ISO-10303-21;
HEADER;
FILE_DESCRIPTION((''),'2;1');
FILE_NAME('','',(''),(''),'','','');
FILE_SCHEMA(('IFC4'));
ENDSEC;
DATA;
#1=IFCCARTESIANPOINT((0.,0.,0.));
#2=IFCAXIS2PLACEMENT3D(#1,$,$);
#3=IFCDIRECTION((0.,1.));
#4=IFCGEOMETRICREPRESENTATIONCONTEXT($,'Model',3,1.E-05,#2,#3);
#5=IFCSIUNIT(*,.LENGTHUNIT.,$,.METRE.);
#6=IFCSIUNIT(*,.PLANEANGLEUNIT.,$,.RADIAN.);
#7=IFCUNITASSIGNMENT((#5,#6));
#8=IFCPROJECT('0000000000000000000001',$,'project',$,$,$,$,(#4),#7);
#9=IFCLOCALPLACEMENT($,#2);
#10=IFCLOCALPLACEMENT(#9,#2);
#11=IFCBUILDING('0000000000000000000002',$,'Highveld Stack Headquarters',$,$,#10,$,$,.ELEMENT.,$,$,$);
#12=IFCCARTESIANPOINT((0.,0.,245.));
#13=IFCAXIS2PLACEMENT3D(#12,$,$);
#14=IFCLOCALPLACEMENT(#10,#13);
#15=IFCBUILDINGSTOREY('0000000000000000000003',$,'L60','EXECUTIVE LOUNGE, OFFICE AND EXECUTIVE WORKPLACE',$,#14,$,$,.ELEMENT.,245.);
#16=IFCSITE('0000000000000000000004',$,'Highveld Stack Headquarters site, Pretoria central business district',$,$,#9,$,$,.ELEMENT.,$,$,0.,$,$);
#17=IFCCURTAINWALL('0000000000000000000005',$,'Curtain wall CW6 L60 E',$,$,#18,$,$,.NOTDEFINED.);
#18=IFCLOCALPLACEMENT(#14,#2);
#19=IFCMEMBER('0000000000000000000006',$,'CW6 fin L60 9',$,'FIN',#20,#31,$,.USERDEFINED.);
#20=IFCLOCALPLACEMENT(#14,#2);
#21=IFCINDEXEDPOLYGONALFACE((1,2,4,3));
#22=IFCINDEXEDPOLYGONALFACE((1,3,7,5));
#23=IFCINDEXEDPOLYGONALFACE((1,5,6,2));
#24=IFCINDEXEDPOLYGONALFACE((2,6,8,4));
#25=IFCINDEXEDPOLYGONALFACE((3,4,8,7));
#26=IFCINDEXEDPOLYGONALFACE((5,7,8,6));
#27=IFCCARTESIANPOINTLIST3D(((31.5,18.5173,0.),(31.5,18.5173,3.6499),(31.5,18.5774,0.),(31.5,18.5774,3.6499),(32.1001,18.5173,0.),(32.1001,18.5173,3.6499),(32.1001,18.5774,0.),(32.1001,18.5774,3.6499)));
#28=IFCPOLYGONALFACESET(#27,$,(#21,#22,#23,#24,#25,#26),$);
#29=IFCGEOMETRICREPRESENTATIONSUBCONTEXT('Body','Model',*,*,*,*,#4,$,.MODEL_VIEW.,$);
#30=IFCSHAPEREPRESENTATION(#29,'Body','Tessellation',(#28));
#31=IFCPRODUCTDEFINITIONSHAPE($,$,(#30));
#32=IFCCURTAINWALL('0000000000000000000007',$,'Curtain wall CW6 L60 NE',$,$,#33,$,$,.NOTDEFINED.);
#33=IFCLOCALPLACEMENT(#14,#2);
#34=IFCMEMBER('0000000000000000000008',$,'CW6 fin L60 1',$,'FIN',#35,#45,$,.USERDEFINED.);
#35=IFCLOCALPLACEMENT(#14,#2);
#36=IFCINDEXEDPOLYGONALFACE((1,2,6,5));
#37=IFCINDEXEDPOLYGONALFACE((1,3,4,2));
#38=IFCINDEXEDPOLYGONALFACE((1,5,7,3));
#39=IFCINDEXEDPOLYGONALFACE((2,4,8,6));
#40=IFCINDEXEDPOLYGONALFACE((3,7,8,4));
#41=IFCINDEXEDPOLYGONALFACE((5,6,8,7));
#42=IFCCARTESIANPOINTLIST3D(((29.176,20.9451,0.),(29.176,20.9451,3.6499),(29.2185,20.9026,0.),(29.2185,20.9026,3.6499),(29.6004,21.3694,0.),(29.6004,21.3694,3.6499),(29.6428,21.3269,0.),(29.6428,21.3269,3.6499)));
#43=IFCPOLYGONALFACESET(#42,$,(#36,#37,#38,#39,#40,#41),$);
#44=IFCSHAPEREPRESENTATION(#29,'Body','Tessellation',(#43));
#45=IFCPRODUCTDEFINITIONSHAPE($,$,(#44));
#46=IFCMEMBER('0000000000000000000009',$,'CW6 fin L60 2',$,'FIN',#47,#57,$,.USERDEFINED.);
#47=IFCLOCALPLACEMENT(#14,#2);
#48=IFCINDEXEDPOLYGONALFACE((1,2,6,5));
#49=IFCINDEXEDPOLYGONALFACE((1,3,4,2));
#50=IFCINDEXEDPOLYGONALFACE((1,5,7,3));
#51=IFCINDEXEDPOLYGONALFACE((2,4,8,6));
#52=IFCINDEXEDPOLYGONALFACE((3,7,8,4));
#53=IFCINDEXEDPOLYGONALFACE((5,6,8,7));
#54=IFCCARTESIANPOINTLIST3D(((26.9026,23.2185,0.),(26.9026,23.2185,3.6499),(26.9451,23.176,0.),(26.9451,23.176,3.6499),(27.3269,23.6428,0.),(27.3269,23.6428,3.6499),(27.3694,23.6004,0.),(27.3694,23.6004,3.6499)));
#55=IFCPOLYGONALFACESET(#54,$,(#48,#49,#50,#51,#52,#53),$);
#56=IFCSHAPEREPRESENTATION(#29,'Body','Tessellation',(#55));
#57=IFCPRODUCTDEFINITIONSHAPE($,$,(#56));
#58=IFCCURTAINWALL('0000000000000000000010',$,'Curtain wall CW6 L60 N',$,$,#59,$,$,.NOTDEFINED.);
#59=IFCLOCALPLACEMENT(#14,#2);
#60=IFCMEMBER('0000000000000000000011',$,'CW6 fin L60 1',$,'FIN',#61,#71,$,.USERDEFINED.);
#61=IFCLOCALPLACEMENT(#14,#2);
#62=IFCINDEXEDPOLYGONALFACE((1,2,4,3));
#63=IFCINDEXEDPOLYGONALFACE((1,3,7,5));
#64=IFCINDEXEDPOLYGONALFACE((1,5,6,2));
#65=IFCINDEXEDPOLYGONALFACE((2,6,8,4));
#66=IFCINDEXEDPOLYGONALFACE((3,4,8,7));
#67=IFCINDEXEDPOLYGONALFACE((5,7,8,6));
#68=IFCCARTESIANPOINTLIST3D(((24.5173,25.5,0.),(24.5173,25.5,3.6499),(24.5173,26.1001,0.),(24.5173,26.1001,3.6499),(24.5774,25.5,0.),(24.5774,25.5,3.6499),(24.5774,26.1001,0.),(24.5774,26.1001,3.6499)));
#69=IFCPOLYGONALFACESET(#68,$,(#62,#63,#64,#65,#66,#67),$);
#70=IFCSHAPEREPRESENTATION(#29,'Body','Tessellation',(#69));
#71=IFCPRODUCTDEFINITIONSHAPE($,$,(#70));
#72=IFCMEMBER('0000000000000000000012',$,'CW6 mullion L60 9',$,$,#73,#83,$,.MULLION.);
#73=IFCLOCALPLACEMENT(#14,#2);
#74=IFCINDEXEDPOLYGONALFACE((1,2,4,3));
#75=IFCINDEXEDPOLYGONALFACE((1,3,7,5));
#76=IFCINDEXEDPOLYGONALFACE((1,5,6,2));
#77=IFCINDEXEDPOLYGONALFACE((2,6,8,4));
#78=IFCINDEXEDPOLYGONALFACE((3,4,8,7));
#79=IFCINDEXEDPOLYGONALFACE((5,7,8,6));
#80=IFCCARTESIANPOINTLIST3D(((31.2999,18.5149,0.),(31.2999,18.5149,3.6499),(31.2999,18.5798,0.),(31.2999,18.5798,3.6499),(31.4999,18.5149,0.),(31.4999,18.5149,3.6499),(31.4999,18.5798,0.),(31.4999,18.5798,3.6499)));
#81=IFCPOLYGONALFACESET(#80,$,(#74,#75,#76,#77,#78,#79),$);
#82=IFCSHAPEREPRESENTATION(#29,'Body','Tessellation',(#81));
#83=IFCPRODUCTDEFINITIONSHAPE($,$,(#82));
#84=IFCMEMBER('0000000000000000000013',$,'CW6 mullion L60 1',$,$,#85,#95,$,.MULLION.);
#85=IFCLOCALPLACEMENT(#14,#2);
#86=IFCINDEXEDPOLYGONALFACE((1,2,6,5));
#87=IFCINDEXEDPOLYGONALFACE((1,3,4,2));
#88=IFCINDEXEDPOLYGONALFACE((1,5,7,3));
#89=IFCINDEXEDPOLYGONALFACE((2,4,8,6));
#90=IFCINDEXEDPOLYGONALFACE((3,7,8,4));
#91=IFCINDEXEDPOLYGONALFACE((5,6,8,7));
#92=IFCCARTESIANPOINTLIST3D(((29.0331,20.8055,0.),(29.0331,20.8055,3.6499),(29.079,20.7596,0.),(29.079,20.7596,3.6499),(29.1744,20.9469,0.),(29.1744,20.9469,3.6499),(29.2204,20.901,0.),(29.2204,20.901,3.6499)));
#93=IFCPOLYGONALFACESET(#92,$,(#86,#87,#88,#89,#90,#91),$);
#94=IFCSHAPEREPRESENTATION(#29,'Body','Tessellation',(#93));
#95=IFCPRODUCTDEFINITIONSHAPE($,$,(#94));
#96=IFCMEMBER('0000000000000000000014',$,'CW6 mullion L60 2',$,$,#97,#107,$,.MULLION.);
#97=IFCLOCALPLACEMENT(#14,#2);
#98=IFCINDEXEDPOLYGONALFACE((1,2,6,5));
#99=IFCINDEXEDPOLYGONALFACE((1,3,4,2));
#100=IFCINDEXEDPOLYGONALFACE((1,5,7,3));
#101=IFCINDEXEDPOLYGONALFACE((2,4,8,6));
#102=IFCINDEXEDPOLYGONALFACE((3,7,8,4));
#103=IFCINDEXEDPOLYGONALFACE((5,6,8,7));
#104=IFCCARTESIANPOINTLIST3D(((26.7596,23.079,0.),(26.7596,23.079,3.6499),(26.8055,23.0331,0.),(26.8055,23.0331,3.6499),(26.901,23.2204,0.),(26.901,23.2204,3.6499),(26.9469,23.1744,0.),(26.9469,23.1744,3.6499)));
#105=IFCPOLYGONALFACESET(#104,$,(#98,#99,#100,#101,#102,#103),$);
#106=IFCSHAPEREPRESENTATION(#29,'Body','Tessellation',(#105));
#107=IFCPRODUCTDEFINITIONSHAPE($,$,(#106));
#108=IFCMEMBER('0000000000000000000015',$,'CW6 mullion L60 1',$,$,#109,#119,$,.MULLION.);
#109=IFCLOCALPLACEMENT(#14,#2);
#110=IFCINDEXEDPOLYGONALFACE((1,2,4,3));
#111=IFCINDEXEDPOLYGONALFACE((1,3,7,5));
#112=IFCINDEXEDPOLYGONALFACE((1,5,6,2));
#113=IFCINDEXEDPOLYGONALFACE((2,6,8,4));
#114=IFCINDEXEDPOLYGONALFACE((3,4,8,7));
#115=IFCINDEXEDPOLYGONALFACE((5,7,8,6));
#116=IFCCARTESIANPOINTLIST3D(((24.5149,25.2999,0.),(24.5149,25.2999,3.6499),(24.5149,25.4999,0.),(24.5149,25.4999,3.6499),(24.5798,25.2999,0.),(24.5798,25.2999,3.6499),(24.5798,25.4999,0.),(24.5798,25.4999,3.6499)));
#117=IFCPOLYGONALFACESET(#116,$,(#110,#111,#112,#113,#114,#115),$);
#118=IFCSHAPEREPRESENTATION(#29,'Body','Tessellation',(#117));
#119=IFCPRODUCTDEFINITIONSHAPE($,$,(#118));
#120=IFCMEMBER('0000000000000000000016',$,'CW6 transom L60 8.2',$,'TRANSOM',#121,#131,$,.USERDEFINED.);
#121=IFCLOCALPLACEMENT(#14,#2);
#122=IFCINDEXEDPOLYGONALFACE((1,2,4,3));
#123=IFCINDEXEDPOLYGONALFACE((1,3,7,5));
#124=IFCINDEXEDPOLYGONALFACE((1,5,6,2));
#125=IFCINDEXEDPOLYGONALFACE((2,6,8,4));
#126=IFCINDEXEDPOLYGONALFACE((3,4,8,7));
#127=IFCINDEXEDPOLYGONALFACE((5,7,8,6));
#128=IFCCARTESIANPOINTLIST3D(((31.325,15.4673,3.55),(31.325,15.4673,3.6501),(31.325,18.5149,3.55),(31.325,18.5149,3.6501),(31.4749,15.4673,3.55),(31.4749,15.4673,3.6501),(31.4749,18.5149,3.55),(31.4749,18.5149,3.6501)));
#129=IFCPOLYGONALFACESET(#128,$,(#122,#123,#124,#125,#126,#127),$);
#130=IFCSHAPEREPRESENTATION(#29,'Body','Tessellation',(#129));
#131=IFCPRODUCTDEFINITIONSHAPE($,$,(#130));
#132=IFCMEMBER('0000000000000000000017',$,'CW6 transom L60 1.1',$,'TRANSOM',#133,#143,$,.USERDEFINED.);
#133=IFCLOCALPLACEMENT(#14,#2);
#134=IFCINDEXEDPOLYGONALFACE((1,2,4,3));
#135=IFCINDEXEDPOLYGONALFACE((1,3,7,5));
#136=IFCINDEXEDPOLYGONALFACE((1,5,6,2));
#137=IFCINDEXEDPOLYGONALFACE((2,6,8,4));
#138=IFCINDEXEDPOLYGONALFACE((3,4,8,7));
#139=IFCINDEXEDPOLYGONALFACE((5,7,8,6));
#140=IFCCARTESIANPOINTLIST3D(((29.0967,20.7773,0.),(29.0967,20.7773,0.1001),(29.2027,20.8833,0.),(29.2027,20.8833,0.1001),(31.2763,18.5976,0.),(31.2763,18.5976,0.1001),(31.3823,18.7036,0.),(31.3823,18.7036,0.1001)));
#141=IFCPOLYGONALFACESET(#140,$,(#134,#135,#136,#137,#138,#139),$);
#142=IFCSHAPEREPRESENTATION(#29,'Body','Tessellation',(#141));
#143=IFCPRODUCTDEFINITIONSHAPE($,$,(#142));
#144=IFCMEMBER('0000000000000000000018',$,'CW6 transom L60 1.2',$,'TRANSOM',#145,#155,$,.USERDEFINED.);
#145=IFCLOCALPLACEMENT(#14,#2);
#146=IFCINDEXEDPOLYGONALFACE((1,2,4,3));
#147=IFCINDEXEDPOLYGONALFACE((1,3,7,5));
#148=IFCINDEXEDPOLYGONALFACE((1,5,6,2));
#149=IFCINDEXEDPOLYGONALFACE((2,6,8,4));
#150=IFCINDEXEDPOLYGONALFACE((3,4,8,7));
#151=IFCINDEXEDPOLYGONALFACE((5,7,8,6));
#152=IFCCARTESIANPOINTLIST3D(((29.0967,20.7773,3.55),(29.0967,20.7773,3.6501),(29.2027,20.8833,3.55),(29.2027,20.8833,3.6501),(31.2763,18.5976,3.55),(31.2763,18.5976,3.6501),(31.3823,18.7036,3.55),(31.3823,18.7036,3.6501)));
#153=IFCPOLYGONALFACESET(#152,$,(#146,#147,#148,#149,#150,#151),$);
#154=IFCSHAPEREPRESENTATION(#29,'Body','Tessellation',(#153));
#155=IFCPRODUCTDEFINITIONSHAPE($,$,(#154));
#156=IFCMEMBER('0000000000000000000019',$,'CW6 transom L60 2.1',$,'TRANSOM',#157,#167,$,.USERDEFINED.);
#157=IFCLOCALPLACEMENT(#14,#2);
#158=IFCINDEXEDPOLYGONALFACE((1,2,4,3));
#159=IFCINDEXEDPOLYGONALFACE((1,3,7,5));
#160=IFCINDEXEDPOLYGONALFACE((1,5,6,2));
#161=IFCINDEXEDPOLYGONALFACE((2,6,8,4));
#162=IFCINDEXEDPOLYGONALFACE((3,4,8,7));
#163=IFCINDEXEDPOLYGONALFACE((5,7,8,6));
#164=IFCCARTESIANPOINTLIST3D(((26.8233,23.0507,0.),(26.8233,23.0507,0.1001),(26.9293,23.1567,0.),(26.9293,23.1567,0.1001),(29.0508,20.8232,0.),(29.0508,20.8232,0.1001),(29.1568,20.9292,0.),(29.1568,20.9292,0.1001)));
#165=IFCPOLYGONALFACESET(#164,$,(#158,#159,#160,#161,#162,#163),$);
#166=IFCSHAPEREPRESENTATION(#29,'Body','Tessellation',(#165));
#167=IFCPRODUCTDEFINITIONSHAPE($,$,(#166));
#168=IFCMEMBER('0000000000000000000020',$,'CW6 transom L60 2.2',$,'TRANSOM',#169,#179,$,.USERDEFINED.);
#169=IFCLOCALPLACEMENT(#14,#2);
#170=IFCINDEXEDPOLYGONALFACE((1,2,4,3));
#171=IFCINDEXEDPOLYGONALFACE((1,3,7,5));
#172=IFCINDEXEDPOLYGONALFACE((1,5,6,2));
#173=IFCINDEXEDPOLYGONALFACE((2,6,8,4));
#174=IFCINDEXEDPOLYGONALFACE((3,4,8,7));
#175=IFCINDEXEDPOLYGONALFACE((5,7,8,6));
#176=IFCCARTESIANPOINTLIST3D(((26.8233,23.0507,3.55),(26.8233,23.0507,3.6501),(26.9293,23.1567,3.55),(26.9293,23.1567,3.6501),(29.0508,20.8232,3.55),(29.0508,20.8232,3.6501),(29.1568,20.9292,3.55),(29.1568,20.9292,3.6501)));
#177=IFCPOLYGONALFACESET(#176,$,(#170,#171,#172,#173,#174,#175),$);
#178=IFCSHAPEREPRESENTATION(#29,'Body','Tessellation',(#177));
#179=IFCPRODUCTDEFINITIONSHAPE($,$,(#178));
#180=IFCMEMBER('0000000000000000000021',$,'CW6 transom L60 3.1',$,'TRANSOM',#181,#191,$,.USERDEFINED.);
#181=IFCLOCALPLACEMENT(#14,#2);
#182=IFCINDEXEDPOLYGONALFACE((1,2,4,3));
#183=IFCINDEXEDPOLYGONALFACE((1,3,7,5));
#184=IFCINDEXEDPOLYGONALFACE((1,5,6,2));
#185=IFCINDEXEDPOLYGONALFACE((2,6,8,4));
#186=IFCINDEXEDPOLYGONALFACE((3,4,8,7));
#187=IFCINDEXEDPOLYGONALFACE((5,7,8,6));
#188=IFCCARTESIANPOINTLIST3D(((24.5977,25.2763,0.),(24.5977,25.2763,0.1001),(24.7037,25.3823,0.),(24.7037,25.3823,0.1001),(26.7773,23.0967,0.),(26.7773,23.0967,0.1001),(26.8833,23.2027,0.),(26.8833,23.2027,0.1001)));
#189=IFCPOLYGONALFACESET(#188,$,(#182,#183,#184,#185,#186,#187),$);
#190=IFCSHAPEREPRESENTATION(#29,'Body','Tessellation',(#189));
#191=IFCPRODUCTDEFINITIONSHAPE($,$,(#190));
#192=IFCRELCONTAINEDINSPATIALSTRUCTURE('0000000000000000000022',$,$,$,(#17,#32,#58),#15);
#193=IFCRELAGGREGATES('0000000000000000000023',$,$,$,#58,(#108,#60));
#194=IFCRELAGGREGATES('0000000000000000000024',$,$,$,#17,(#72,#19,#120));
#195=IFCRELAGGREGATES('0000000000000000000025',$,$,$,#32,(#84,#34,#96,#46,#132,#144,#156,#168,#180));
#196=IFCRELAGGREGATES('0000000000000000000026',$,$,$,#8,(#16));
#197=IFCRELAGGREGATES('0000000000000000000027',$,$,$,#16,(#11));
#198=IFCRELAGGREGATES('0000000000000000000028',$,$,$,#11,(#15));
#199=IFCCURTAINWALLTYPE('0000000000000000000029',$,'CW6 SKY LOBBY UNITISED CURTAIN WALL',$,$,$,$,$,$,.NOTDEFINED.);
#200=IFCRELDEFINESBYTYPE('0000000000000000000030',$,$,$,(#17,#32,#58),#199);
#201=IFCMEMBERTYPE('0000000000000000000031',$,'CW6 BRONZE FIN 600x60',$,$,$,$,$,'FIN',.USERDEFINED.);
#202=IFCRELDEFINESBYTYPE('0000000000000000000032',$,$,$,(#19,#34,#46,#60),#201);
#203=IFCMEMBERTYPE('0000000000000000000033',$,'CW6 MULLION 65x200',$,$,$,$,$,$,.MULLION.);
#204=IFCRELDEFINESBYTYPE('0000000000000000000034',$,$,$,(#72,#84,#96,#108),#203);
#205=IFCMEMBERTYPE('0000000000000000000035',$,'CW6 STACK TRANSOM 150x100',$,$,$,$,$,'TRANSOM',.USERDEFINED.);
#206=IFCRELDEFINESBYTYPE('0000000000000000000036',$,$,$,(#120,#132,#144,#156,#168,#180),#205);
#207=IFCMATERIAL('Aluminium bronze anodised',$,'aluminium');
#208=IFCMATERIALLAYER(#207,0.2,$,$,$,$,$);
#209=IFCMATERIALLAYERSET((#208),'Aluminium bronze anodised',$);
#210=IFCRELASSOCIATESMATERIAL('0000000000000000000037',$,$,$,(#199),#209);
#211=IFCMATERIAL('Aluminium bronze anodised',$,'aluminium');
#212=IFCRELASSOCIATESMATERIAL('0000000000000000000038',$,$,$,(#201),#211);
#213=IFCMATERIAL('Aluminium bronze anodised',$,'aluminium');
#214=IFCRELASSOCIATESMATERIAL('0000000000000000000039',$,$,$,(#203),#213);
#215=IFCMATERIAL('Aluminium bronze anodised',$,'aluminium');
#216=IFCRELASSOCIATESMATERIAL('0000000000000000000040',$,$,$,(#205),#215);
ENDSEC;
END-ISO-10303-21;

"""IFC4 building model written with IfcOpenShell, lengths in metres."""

from ifc_helpers import new_model, si_unit, direction, frame, origin, origin_2d, place, context, subcontext, project, spatial, rectangle, extrude, material, layer, layer_set, material_profile, profile_set, type_object, element, aggregate, save


model = new_model("IFC4")

# Units and contexts
model_context = context("Model", 3, precision=1e-05, world=origin(), true_north=direction((0.0, 1.0)))
body_context = subcontext(model_context, "Body", "Model", "MODEL_VIEW")
ifc_project = project(units=[si_unit("LENGTHUNIT", "METRE"), si_unit("PLANEANGLEUNIT", "RADIAN")], contexts=[model_context])

# Site, building, storey
site_placement = place(None, origin())
site = spatial("IfcSite", under=ifc_project, at=site_placement, Name="Highveld Stack Headquarters site, Pretoria central business district", CompositionType="ELEMENT", RefElevation=0.0)
building_placement = place(site_placement, origin())
building = spatial("IfcBuilding", under=site, at=building_placement, Name="Highveld Stack Headquarters", CompositionType="ELEMENT")
storey_placement = place(building_placement, frame((0.0, 0.0, 245.0)))
storey = spatial("IfcBuildingStorey", under=building, at=storey_placement, Name="L60", Description="EXECUTIVE LOUNGE, OFFICE AND EXECUTIVE WORKPLACE", CompositionType="ELEMENT", Elevation=245.0)

# Curtain wall, member
ifc_material_1 = material(Name="Aluminium bronze anodised", Category="aluminium")
ifc_layer_1 = layer(ifc_material_1, 0.2)
ifc_layer_set_1 = layer_set([ifc_layer_1], Name="Aluminium bronze anodised")
curtain_wall_type = type_object("IfcCurtainWallType", Name="CW6 SKY LOBBY UNITISED CURTAIN WALL", PredefinedType="NOTDEFINED", material=ifc_layer_set_1)
curtain_wall_1_placement = place(storey_placement, origin())
curtain_wall_1 = element("IfcCurtainWall", 1, at=curtain_wall_1_placement, inside=storey, type_object=curtain_wall_type, Name="Curtain wall CW6 L60 E", PredefinedType="NOTDEFINED")
ifc_material_2 = material(Name="Aluminium bronze anodised", Category="aluminium")
ifc_material_profile_1 = material_profile(ifc_material_2, rectangle(XDim=0.6001, YDim=0.0601, at=origin_2d()), Name="FIN 600x60")
ifc_profile_set_1 = profile_set([ifc_material_profile_1], Name="Aluminium bronze anodised")
member_type_1 = type_object("IfcMemberType", Name="CW6 BRONZE FIN 600x60", ElementType="FIN", PredefinedType="USERDEFINED", material=ifc_profile_set_1)
member_1_placement = place(storey_placement, frame((31.8, 18.5474, 0.0), z_axis=(0.0, 0.0, 1.0), x_axis=(-1.0, 0.0, 0.0)))
member_1 = element("IfcMember", 2, at=member_1_placement, type_object=member_type_1, Name="CW6 fin L60 9", ObjectType="FIN", PredefinedType="USERDEFINED", context=body_context, shape_type="SweptSolid", body=[
    extrude(rectangle(XDim=0.6001, YDim=0.0601, at=origin_2d()), origin(), (0.0, 0.0, 1.0), 3.6499),
])

# Curtain wall, members
curtain_wall_2_placement = place(storey_placement, origin())
curtain_wall_2 = element("IfcCurtainWall", 3, at=curtain_wall_2_placement, inside=storey, type_object=curtain_wall_type, Name="Curtain wall CW6 L60 NE", PredefinedType="NOTDEFINED")
member_2_placement = place(storey_placement, frame((29.4094, 21.136, 0.0), z_axis=(0.0, 0.0, 1.0), x_axis=(-0.707107, -0.707107, 0.0)))
member_2 = element("IfcMember", 4, at=member_2_placement, type_object=member_type_1, Name="CW6 fin L60 1", ObjectType="FIN", PredefinedType="USERDEFINED", context=body_context, shape_type="SweptSolid", body=[
    extrude(rectangle(XDim=0.6001, YDim=0.0601, at=origin_2d()), origin(), (0.0, 0.0, 1.0), 3.6499),
])
member_3_placement = place(storey_placement, frame((27.136, 23.4094, 0.0), z_axis=(0.0, 0.0, 1.0), x_axis=(-0.707107, -0.707107, 0.0)))
member_3 = element("IfcMember", 5, at=member_3_placement, type_object=member_type_1, Name="CW6 fin L60 2", ObjectType="FIN", PredefinedType="USERDEFINED", context=body_context, shape_type="SweptSolid", body=[
    extrude(rectangle(XDim=0.6001, YDim=0.0601, at=origin_2d()), origin(), (0.0, 0.0, 1.0), 3.6499),
])

# Curtain wall, member
curtain_wall_3_placement = place(storey_placement, origin())
curtain_wall_3 = element("IfcCurtainWall", 6, at=curtain_wall_3_placement, inside=storey, type_object=curtain_wall_type, Name="Curtain wall CW6 L60 N", PredefinedType="NOTDEFINED")
member_4_placement = place(storey_placement, frame((24.5474, 25.8, 0.0), z_axis=(0.0, 0.0, 1.0), x_axis=(0.0, -1.0, 0.0)))
member_4 = element("IfcMember", 7, at=member_4_placement, type_object=member_type_1, Name="CW6 fin L60 1", ObjectType="FIN", PredefinedType="USERDEFINED", context=body_context, shape_type="SweptSolid", body=[
    extrude(rectangle(XDim=0.6001, YDim=0.0601, at=origin_2d()), origin(), (0.0, 0.0, 1.0), 3.6499),
])

# Members
ifc_material_3 = material(Name="Aluminium bronze anodised", Category="aluminium")
ifc_material_profile_2 = material_profile(ifc_material_3, rectangle(XDim=0.2, YDim=0.0649, at=origin_2d()), Name="CW6 MULLION 65x200")
ifc_profile_set_2 = profile_set([ifc_material_profile_2], Name="Aluminium bronze anodised")
member_type_2 = type_object("IfcMemberType", Name="CW6 MULLION 65x200", PredefinedType="MULLION", material=ifc_profile_set_2)
member_5_placement = place(storey_placement, frame((31.3999, 18.5474, 0.0), z_axis=(0.0, 0.0, 1.0), x_axis=(-1.0, 0.0, 0.0)))
member_5 = element("IfcMember", 8, at=member_5_placement, type_object=member_type_2, Name="CW6 mullion L60 9", PredefinedType="MULLION", context=body_context, shape_type="SweptSolid", body=[
    extrude(rectangle(XDim=0.2, YDim=0.0649, at=origin_2d()), origin(), (0.0, 0.0, 1.0), 3.6499),
])
member_6_placement = place(storey_placement, frame((29.1267, 20.8533, 0.0), z_axis=(0.0, 0.0, 1.0), x_axis=(-0.707107, -0.707107, 0.0)))
member_6 = element("IfcMember", 9, at=member_6_placement, type_object=member_type_2, Name="CW6 mullion L60 1", PredefinedType="MULLION", context=body_context, shape_type="SweptSolid", body=[
    extrude(rectangle(XDim=0.2, YDim=0.0649, at=origin_2d()), origin(), (0.0, 0.0, 1.0), 3.6499),
])
member_7_placement = place(storey_placement, frame((26.8533, 23.1267, 0.0), z_axis=(0.0, 0.0, 1.0), x_axis=(-0.707107, -0.707107, 0.0)))
member_7 = element("IfcMember", 10, at=member_7_placement, type_object=member_type_2, Name="CW6 mullion L60 2", PredefinedType="MULLION", context=body_context, shape_type="SweptSolid", body=[
    extrude(rectangle(XDim=0.2, YDim=0.0649, at=origin_2d()), origin(), (0.0, 0.0, 1.0), 3.6499),
])
member_8_placement = place(storey_placement, frame((24.5474, 25.3999, 0.0), z_axis=(0.0, 0.0, 1.0), x_axis=(0.0, -1.0, 0.0)))
member_8 = element("IfcMember", 11, at=member_8_placement, type_object=member_type_2, Name="CW6 mullion L60 1", PredefinedType="MULLION", context=body_context, shape_type="SweptSolid", body=[
    extrude(rectangle(XDim=0.2, YDim=0.0649, at=origin_2d()), origin(), (0.0, 0.0, 1.0), 3.6499),
])
ifc_material_4 = material(Name="Aluminium bronze anodised", Category="aluminium")
ifc_material_profile_3 = material_profile(ifc_material_4, rectangle(XDim=0.1499, YDim=0.1001, at=origin_2d()), Name="CW6 TRANSOM 150x100")
ifc_profile_set_3 = profile_set([ifc_material_profile_3], Name="Aluminium bronze anodised")
member_type_3 = type_object("IfcMemberType", Name="CW6 STACK TRANSOM 150x100", ElementType="TRANSOM", PredefinedType="USERDEFINED", material=ifc_profile_set_3)
member_9_placement = place(storey_placement, frame((31.3999, 15.4673, 3.6001), z_axis=(0.0, 1.0, 0.0), x_axis=(-1.0, 0.0, 0.0)))
member_9 = element("IfcMember", 12, at=member_9_placement, type_object=member_type_3, Name="CW6 transom L60 8.2", ObjectType="TRANSOM", PredefinedType="USERDEFINED", context=body_context, shape_type="SweptSolid", body=[
    extrude(rectangle(XDim=0.1499, YDim=0.1001, at=origin_2d()), origin(), (0.0, 0.0, 1.0), 3.0476),
])
member_10_placement = place(storey_placement, frame((31.3293, 18.6506, 0.05), z_axis=(-0.707107, 0.707107, 0.0), x_axis=(-0.707107, -0.707107, 0.0)))
member_10 = element("IfcMember", 13, at=member_10_placement, type_object=member_type_3, Name="CW6 transom L60 1.1", ObjectType="TRANSOM", PredefinedType="USERDEFINED", context=body_context, shape_type="SweptSolid", body=[
    extrude(rectangle(XDim=0.1499, YDim=0.1001, at=origin_2d()), origin(), (0.0, 0.0, 1.0), 3.0825),
])
member_11_placement = place(storey_placement, frame((31.3293, 18.6506, 3.6001), z_axis=(-0.707107, 0.707107, 0.0), x_axis=(-0.707107, -0.707107, 0.0)))
member_11 = element("IfcMember", 14, at=member_11_placement, type_object=member_type_3, Name="CW6 transom L60 1.2", ObjectType="TRANSOM", PredefinedType="USERDEFINED", context=body_context, shape_type="SweptSolid", body=[
    extrude(rectangle(XDim=0.1499, YDim=0.1001, at=origin_2d()), origin(), (0.0, 0.0, 1.0), 3.0825),
])
member_12_placement = place(storey_placement, frame((29.1038, 20.8762, 0.05), z_axis=(-0.707107, 0.707107, 0.0), x_axis=(-0.707107, -0.707107, 0.0)))
member_12 = element("IfcMember", 15, at=member_12_placement, type_object=member_type_3, Name="CW6 transom L60 2.1", ObjectType="TRANSOM", PredefinedType="USERDEFINED", context=body_context, shape_type="SweptSolid", body=[
    extrude(rectangle(XDim=0.1499, YDim=0.1001, at=origin_2d()), origin(), (0.0, 0.0, 1.0), 3.1501),
])
member_13_placement = place(storey_placement, frame((29.1038, 20.8762, 3.6001), z_axis=(-0.707107, 0.707107, 0.0), x_axis=(-0.707107, -0.707107, 0.0)))
member_13 = element("IfcMember", 16, at=member_13_placement, type_object=member_type_3, Name="CW6 transom L60 2.2", ObjectType="TRANSOM", PredefinedType="USERDEFINED", context=body_context, shape_type="SweptSolid", body=[
    extrude(rectangle(XDim=0.1499, YDim=0.1001, at=origin_2d()), origin(), (0.0, 0.0, 1.0), 3.1501),
])
member_14_placement = place(storey_placement, frame((26.8303, 23.1497, 0.05), z_axis=(-0.707107, 0.707107, 0.0), x_axis=(-0.707107, -0.707107, 0.0)))
member_14 = element("IfcMember", 17, at=member_14_placement, type_object=member_type_3, Name="CW6 transom L60 3.1", ObjectType="TRANSOM", PredefinedType="USERDEFINED", context=body_context, shape_type="SweptSolid", body=[
    extrude(rectangle(XDim=0.1499, YDim=0.1001, at=origin_2d()), origin(), (0.0, 0.0, 1.0), 3.0825),
])
aggregate(curtain_wall_3, [member_8, member_4])

aggregate(curtain_wall_1, [member_5, member_1, member_9])
aggregate(curtain_wall_2, [member_6, member_2, member_7, member_3, member_10, member_11, member_12, member_13, member_14])

save(model, "model.ifc")
